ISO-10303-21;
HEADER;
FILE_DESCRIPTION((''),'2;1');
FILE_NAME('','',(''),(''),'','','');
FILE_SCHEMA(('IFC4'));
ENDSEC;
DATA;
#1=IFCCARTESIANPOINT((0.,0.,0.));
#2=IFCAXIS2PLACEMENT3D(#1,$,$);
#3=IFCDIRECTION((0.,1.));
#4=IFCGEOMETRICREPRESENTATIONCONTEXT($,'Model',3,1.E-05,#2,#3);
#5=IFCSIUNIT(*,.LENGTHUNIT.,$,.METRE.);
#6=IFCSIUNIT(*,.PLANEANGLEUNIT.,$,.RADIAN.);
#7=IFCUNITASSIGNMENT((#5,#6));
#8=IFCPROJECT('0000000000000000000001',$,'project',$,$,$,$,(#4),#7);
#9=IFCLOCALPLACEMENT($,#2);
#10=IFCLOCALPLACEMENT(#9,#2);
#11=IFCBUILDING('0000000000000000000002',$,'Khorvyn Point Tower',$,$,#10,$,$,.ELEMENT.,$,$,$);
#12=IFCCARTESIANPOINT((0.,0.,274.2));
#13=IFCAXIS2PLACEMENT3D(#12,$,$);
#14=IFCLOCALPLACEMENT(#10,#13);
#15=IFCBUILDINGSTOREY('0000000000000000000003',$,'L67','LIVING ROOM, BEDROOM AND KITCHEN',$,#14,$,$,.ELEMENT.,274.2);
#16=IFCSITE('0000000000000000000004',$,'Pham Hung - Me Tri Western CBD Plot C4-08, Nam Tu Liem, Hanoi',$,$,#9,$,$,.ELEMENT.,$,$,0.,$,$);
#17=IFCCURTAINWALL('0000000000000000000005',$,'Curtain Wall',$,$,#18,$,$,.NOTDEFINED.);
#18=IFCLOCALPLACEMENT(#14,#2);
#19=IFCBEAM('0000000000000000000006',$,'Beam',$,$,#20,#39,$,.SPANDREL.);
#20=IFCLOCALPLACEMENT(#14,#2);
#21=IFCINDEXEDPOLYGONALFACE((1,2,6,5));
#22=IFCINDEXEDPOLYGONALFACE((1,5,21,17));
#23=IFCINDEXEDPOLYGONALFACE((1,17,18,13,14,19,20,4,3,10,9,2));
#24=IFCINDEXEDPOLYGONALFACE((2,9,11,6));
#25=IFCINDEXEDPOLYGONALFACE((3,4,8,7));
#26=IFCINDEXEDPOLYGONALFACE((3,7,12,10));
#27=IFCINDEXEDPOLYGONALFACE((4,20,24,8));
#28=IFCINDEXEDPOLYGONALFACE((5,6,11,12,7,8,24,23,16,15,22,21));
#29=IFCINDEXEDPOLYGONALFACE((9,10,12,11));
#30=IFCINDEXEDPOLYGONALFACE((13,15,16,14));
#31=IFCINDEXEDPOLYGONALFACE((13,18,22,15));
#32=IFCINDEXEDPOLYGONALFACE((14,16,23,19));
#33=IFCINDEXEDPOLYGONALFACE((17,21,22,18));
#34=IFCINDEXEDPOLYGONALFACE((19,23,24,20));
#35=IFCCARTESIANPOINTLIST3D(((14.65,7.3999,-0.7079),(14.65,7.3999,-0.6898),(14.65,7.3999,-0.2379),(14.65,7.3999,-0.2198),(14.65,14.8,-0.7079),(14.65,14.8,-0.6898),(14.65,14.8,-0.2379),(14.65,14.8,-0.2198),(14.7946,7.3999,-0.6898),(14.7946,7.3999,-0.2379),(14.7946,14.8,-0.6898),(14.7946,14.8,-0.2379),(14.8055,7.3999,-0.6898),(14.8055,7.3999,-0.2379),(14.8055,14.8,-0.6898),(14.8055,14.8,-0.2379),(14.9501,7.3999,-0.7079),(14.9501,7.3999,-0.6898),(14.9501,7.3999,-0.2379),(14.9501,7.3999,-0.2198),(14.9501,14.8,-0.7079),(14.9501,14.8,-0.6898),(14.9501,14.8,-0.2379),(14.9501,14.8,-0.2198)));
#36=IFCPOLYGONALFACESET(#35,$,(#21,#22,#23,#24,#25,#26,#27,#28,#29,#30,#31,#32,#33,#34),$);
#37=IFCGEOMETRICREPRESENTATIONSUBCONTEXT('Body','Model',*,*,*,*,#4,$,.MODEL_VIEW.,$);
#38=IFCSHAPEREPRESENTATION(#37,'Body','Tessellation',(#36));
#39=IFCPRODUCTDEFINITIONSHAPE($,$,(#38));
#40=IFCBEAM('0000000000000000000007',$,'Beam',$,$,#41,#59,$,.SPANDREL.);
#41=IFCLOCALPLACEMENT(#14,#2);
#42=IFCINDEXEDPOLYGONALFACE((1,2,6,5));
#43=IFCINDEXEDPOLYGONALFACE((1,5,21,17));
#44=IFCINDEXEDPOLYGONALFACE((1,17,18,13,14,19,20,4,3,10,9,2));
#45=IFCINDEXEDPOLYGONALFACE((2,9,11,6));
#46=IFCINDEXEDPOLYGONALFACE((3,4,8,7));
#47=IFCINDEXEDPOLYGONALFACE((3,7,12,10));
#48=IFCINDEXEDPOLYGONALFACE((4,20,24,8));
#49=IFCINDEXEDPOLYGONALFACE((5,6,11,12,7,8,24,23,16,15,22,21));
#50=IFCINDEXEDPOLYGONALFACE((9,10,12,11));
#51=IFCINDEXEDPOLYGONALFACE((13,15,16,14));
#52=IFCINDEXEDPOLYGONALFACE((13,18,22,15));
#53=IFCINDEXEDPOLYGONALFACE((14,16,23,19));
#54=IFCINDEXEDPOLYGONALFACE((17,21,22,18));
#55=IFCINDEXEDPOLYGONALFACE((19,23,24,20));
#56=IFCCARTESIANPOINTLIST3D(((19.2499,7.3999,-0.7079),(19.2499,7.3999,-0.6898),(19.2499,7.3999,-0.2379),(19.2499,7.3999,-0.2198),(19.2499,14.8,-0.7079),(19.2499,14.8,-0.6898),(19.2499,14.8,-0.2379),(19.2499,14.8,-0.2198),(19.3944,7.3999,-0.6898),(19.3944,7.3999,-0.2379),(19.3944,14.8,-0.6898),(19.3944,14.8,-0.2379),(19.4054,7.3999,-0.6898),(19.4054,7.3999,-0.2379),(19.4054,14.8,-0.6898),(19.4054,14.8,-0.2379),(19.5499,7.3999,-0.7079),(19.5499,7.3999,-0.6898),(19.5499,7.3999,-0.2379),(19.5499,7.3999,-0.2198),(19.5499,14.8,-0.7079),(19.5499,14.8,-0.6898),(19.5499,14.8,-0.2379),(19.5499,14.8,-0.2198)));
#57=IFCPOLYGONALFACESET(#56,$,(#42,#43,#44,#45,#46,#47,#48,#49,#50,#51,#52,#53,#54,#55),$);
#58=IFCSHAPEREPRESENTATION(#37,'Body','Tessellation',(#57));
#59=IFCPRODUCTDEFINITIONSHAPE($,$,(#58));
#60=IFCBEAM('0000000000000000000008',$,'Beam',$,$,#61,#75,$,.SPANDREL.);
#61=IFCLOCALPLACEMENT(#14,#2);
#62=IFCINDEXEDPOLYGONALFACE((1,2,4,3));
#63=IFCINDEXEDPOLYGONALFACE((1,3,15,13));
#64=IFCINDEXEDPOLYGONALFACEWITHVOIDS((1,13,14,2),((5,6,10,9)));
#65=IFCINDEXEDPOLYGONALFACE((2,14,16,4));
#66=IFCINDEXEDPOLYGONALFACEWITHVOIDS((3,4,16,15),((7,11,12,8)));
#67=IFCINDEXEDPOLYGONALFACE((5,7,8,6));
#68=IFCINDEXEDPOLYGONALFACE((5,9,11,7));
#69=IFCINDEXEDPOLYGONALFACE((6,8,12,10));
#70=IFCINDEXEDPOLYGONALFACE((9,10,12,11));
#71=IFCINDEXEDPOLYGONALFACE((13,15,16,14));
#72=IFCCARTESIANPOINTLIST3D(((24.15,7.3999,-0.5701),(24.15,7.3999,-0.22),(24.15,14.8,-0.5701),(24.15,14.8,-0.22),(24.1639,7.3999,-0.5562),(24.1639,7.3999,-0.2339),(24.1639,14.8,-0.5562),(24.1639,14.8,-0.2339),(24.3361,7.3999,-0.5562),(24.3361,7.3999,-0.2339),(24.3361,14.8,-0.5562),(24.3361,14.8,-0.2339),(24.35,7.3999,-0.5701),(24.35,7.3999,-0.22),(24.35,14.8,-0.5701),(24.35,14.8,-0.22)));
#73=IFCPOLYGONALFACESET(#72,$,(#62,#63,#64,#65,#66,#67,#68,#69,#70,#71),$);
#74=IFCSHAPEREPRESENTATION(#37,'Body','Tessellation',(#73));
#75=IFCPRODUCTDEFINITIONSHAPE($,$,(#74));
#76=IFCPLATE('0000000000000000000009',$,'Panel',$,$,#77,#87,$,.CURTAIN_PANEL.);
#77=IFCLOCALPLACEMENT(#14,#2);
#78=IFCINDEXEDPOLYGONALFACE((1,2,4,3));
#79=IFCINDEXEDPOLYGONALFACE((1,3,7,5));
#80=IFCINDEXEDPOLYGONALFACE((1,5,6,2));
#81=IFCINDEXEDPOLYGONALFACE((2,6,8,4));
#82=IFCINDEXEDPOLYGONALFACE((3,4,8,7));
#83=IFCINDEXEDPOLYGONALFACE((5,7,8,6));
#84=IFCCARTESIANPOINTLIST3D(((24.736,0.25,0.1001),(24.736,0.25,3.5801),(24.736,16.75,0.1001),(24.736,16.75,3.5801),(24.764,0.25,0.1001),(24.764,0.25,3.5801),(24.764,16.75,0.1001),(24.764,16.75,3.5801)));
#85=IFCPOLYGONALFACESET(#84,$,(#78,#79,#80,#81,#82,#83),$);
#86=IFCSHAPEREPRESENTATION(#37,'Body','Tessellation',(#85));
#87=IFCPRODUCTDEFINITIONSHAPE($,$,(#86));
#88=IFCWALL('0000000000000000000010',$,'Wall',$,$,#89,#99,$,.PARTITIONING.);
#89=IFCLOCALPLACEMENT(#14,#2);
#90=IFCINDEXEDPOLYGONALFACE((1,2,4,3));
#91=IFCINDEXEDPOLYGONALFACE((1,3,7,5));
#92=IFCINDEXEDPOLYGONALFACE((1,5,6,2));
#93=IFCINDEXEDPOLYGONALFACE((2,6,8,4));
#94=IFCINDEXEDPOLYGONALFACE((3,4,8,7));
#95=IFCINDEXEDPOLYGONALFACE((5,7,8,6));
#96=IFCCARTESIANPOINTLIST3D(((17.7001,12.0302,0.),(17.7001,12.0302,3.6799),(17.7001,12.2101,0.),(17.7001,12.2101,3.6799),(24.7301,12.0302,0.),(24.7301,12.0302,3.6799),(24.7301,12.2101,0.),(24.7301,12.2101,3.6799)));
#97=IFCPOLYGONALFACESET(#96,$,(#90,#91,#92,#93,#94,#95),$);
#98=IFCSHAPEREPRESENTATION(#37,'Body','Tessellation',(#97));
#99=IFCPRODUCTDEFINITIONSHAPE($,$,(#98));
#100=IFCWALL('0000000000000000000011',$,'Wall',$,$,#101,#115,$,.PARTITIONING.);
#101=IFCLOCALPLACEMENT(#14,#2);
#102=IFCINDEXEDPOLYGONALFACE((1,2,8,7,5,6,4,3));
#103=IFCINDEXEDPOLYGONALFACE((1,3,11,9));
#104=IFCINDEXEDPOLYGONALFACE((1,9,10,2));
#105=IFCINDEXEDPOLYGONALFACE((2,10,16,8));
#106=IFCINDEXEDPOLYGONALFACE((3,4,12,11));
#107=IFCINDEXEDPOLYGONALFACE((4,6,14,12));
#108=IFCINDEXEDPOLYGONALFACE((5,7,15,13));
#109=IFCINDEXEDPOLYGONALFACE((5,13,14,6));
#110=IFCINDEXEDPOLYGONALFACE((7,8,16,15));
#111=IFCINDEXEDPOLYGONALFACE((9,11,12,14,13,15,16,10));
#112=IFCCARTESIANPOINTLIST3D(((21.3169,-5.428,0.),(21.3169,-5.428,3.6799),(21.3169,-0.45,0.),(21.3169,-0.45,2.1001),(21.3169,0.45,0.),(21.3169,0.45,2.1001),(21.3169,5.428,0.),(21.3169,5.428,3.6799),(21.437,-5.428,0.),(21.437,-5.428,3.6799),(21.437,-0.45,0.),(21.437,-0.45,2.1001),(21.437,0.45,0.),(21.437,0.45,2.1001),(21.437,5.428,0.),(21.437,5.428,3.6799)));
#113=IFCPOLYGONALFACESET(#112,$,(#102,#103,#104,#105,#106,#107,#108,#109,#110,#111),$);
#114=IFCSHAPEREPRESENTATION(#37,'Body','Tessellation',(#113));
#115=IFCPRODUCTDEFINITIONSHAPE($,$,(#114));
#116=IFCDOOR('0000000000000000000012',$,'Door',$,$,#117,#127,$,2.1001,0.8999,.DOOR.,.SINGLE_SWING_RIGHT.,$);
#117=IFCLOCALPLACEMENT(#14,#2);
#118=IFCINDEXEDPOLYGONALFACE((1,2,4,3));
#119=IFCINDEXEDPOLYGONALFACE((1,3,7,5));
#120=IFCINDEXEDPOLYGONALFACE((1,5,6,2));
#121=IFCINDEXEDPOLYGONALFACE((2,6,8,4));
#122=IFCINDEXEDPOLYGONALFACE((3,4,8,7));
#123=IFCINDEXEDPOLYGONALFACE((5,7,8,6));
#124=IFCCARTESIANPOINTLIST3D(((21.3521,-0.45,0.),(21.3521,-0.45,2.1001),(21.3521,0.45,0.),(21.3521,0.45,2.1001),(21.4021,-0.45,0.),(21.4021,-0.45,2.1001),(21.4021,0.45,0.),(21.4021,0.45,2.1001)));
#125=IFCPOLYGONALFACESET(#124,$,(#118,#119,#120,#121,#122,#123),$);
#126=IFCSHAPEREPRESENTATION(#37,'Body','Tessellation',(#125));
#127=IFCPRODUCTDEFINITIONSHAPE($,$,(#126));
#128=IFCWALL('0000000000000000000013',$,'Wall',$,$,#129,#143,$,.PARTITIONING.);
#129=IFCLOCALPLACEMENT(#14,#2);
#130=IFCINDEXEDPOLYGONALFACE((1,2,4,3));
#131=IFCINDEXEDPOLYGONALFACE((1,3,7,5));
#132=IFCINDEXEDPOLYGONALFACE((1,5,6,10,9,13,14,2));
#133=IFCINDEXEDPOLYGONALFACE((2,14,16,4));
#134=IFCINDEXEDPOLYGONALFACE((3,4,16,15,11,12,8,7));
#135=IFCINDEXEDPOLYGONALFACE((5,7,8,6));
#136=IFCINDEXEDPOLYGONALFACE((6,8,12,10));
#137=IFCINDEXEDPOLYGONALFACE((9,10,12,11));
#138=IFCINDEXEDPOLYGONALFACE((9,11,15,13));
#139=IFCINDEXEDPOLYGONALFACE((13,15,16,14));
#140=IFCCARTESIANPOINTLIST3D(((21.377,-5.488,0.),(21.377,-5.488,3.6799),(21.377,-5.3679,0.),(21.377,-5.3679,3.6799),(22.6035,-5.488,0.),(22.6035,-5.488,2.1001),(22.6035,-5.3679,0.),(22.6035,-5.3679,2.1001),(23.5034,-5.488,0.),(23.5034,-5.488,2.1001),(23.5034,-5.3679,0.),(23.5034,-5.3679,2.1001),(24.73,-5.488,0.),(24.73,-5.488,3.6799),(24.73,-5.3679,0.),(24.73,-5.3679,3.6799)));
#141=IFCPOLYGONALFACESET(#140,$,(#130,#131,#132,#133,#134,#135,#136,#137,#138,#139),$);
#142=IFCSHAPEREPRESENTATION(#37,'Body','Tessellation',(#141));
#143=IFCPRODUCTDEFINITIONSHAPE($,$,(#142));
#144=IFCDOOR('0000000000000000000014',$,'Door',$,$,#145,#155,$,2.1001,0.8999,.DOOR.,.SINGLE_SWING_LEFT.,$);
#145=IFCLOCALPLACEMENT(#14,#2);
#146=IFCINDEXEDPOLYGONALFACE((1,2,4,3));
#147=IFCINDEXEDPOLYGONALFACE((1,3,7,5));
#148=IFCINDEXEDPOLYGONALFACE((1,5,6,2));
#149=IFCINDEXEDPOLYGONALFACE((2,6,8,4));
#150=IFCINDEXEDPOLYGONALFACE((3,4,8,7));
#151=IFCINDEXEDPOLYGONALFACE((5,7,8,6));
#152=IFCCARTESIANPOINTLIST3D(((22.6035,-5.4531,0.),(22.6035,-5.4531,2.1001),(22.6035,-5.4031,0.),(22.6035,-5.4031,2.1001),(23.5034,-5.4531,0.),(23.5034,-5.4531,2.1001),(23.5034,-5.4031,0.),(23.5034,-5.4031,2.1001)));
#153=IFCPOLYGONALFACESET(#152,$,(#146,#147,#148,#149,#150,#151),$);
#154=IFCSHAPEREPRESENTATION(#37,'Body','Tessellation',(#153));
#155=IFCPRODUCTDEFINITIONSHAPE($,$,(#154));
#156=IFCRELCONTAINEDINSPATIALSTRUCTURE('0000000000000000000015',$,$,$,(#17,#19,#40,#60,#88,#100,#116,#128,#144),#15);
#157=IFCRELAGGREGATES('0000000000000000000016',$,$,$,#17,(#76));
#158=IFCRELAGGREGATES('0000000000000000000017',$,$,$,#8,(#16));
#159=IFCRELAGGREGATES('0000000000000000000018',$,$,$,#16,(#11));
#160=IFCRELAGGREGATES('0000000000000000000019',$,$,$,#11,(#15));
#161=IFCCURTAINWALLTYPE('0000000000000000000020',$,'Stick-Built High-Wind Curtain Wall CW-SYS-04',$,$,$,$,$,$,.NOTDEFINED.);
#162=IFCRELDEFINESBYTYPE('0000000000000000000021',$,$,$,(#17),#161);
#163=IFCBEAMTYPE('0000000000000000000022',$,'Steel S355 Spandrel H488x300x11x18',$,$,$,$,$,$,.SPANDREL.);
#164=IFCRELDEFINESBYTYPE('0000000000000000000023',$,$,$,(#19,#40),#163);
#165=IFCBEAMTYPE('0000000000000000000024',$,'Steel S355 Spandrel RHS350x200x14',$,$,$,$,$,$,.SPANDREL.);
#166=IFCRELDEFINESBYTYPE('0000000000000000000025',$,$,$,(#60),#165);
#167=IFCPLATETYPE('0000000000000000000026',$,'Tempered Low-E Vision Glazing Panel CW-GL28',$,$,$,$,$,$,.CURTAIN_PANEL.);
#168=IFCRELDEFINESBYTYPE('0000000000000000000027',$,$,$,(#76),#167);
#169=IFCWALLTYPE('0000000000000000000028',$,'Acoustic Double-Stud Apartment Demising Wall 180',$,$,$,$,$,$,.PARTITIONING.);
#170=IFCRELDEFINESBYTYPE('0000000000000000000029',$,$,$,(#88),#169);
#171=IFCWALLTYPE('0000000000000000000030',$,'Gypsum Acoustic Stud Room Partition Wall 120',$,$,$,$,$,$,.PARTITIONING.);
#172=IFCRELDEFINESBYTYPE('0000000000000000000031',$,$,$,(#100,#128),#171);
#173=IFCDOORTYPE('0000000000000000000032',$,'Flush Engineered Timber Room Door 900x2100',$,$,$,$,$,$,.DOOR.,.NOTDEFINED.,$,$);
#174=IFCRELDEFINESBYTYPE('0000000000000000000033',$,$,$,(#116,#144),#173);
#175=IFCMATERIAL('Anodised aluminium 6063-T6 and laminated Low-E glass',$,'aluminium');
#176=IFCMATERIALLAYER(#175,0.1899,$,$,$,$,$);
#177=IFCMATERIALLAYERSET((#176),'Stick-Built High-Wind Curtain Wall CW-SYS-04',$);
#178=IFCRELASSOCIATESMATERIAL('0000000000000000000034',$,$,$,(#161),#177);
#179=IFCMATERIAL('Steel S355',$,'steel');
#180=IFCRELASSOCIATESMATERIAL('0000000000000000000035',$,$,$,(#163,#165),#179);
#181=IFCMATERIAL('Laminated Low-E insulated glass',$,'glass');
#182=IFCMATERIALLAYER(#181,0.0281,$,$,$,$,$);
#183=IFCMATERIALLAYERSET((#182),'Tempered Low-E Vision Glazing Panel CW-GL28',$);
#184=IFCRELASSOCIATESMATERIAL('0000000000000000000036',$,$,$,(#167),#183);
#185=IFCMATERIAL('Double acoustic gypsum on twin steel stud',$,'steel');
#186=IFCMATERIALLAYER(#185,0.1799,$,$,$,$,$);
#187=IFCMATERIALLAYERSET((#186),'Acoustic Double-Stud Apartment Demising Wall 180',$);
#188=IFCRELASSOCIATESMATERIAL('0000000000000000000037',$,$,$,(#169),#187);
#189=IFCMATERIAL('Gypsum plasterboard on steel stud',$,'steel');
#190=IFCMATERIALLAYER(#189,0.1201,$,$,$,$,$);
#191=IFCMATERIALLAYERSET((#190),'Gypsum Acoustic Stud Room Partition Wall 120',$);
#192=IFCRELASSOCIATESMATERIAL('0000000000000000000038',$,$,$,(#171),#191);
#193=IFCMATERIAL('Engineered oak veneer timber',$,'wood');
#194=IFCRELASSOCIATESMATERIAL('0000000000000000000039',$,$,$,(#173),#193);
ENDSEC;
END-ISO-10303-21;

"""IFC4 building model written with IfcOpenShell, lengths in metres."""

from ifc_helpers import new_model, si_unit, direction, frame, frame_2d, origin, origin_2d, place, context, subcontext, project, spatial, rectangle, hollow_rectangle, i_section, extrude, material, layer, layer_set, material_profile, profile_set, type_object, element, fill, aggregate, save


model = new_model("IFC4")

# Units and contexts
model_context = context("Model", 3, precision=1e-05, world=origin(), true_north=direction((0.0, 1.0)))
body_context = subcontext(model_context, "Body", "Model", "MODEL_VIEW")
ifc_project = project(units=[si_unit("LENGTHUNIT", "METRE"), si_unit("PLANEANGLEUNIT", "RADIAN")], contexts=[model_context])

# Site, building, storey
site_placement = place(None, origin())
site = spatial("IfcSite", under=ifc_project, at=site_placement, Name="Pham Hung - Me Tri Western CBD Plot C4-08, Nam Tu Liem, Hanoi", CompositionType="ELEMENT", RefElevation=0.0)
building_placement = place(site_placement, origin())
building = spatial("IfcBuilding", under=site, at=building_placement, Name="Khorvyn Point Tower", CompositionType="ELEMENT")
storey_placement = place(building_placement, frame((0.0, 0.0, 274.2)))
storey = spatial("IfcBuildingStorey", under=building, at=storey_placement, Name="L67", Description="LIVING ROOM, BEDROOM AND KITCHEN", CompositionType="ELEMENT", Elevation=274.2)

# Shared definitions
ifc_material_1 = material(Name="Steel S355", Category="steel")

# Curtain wall
ifc_material_2 = material(Name="Anodised aluminium 6063-T6 and laminated Low-E glass", Category="aluminium")
ifc_layer_1 = layer(ifc_material_2, 0.1899)
ifc_layer_set_1 = layer_set([ifc_layer_1], Name="Stick-Built High-Wind Curtain Wall CW-SYS-04")
curtain_wall_type = type_object("IfcCurtainWallType", Name="Stick-Built High-Wind Curtain Wall CW-SYS-04", PredefinedType="NOTDEFINED", material=ifc_layer_set_1)
curtain_wall_placement = place(storey_placement, origin())
curtain_wall = element("IfcCurtainWall", 1, at=curtain_wall_placement, inside=storey, type_object=curtain_wall_type, Name="Curtain Wall", PredefinedType="NOTDEFINED")

# Beams
ifc_material_profile_1 = material_profile(ifc_material_1, i_section(OverallWidth=0.3, OverallDepth=0.488, WebThickness=0.011, FlangeThickness=0.0181, at=origin_2d()))
ifc_profile_set_1 = profile_set([ifc_material_profile_1], Name="Steel S355 H488x300x11x18")
beam_type_1 = type_object("IfcBeamType", Name="Steel S355 Spandrel H488x300x11x18", PredefinedType="SPANDREL", material=ifc_profile_set_1)
for number, where, z_axis, x_axis, name in (
    (2, (14.8, 7.3999, -0.4639), (0.0, 1.0, 0.0), (-1.0, 0.0, 0.0), "Beam"),
    (3, (19.3999, 7.3999, -0.4639), (0.0, 1.0, 0.0), (-1.0, 0.0, 0.0), "Beam"),
):
    element("IfcBeam", number, at=place(storey_placement, frame(where, z_axis=z_axis, x_axis=x_axis)), inside=storey, type_object=beam_type_1, Name=name, PredefinedType="SPANDREL", context=body_context, shape_type="SweptSolid", body=[
        extrude(i_section(OverallWidth=0.3, OverallDepth=0.488, WebThickness=0.011, FlangeThickness=0.0181, at=origin_2d()), origin(), (0.0, 0.0, 1.0), 7.4001),
    ])
ifc_material_profile_2 = material_profile(ifc_material_1, hollow_rectangle(XDim=0.2, YDim=0.3501, WallThickness=0.0139, at=origin_2d()))
ifc_profile_set_2 = profile_set([ifc_material_profile_2], Name="Steel S355 RHS350x200x14")
beam_type_2 = type_object("IfcBeamType", Name="Steel S355 Spandrel RHS350x200x14", PredefinedType="SPANDREL", material=ifc_profile_set_2)
beam_1_placement = place(storey_placement, frame((24.25, 7.3999, -0.395), z_axis=(0.0, 1.0, 0.0), x_axis=(-1.0, 0.0, 0.0)))
element("IfcBeam", 4, at=beam_1_placement, inside=storey, type_object=beam_type_2, Name="Beam", PredefinedType="SPANDREL", context=body_context, shape_type="SweptSolid", body=[
    extrude(hollow_rectangle(XDim=0.2, YDim=0.3501, WallThickness=0.0139, at=origin_2d()), origin(), (0.0, 0.0, 1.0), 7.4001),
])

# Plate
ifc_material_3 = material(Name="Laminated Low-E insulated glass", Category="glass")
ifc_layer_2 = layer(ifc_material_3, 0.0281)
ifc_layer_set_2 = layer_set([ifc_layer_2], Name="Tempered Low-E Vision Glazing Panel CW-GL28")
plate_type = type_object("IfcPlateType", Name="Tempered Low-E Vision Glazing Panel CW-GL28", PredefinedType="CURTAIN_PANEL", material=ifc_layer_set_2)
plate_placement = place(storey_placement, frame((24.75, 8.5, 0.1001), z_axis=(0.0, 0.0, 1.0), x_axis=(0.0, -1.0, 0.0)))
plate = element("IfcPlate", 5, at=plate_placement, type_object=plate_type, Name="Panel", PredefinedType="CURTAIN_PANEL", context=body_context, shape_type="SweptSolid", body=[
    extrude(rectangle(XDim=16.5, YDim=0.0281, at=origin_2d()), origin(), (0.0, 0.0, 1.0), 3.48),
])
aggregate(curtain_wall, [plate])

# Wall
ifc_material_4 = material(Name="Double acoustic gypsum on twin steel stud", Category="steel")
ifc_layer_3 = layer(ifc_material_4, 0.1799)
ifc_layer_set_3 = layer_set([ifc_layer_3], Name="Acoustic Double-Stud Apartment Demising Wall 180")
wall_type_1 = type_object("IfcWallType", Name="Acoustic Double-Stud Apartment Demising Wall 180", PredefinedType="PARTITIONING", material=ifc_layer_set_3)
wall_1_placement = place(storey_placement, frame((17.7, 12.1201, 0.0), z_axis=(0.0, 0.0, 1.0), x_axis=(1.0, 0.0, 0.0)))
element("IfcWall", 6, at=wall_1_placement, inside=storey, type_object=wall_type_1, Name="Wall", PredefinedType="PARTITIONING", context=body_context, shape_type="SweptSolid", body=[
    extrude(rectangle(XDim=7.03, YDim=0.1799, at=frame_2d((3.5151, 0.0))), origin(), (0.0, 0.0, 1.0), 3.6799),
])

# Walls, openings, doors
ifc_material_5 = material(Name="Gypsum plasterboard on steel stud", Category="steel")
ifc_layer_4 = layer(ifc_material_5, 0.1201)
ifc_layer_set_4 = layer_set([ifc_layer_4], Name="Gypsum Acoustic Stud Room Partition Wall 120")
wall_type_2 = type_object("IfcWallType", Name="Gypsum Acoustic Stud Room Partition Wall 120", PredefinedType="PARTITIONING", material=ifc_layer_set_4)
wall_2_placement = place(storey_placement, frame((21.377, -5.428, 0.0), z_axis=(0.0, 0.0, 1.0), x_axis=(0.0, 1.0, 0.0)))
wall_2 = element("IfcWall", 7, at=wall_2_placement, inside=storey, type_object=wall_type_2, Name="Wall", PredefinedType="PARTITIONING", context=body_context, shape_type="SweptSolid", body=[
    extrude(rectangle(XDim=10.856, YDim=0.1201, at=frame_2d((5.428, 0.0))), origin(), (0.0, 0.0, 1.0), 3.6799),
])
opening_1_placement = place(wall_2_placement, frame((4.978, 0.0, 0.0)))
opening_1 = element("IfcOpeningElement", 8, at=opening_1_placement, cuts=wall_2, PredefinedType="OPENING", context=body_context, shape_type="SweptSolid", body=[
    extrude(rectangle(XDim=0.8999, YDim=2.1001, at=frame_2d((0.45, 1.05))), frame((0.0, 0.0701, 0.0), z_axis=(0.0, -1.0, 0.0), x_axis=(1.0, 0.0, 0.0)), (0.0, 0.0, 1.0), 0.1401),
])
ifc_material_6 = material(Name="Engineered oak veneer timber", Category="wood")
door_type_1 = type_object("IfcDoorType", Name="Flush Engineered Timber Room Door 900x2100", OperationType="NOTDEFINED", PredefinedType="DOOR", material=ifc_material_6)
door_1_placement = place(opening_1_placement, origin())
door_1 = element("IfcDoor", 9, at=door_1_placement, inside=storey, type_object=door_type_1, Name="Door", OperationType="SINGLE_SWING_RIGHT", OverallHeight=2.1001, OverallWidth=0.8999, PredefinedType="DOOR", context=body_context, shape_type="SweptSolid", body=[
    extrude(rectangle(XDim=0.8999, YDim=2.1001, at=frame_2d((0.45, 1.05))), frame((0.0, 0.0249, 0.0), z_axis=(0.0, -1.0, 0.0), x_axis=(1.0, 0.0, 0.0)), (0.0, 0.0, 1.0), 0.05),
])
fill(opening_1, door_1)
wall_3_placement = place(storey_placement, frame((21.377, -5.428, 0.0), z_axis=(0.0, 0.0, 1.0), x_axis=(1.0, 0.0, 0.0)))
wall_3 = element("IfcWall", 10, at=wall_3_placement, inside=storey, type_object=wall_type_2, Name="Wall", PredefinedType="PARTITIONING", context=body_context, shape_type="SweptSolid", body=[
    extrude(rectangle(XDim=3.353, YDim=0.1201, at=frame_2d((1.6765, 0.0))), origin(), (0.0, 0.0, 1.0), 3.6799),
])
opening_2_placement = place(wall_3_placement, frame((1.2266, 0.0, 0.0)))
opening_2 = element("IfcOpeningElement", 11, at=opening_2_placement, cuts=wall_3, PredefinedType="OPENING", context=body_context, shape_type="SweptSolid", body=[
    extrude(rectangle(XDim=0.8999, YDim=2.1001, at=frame_2d((0.45, 1.05))), frame((0.0, 0.0701, 0.0), z_axis=(0.0, -1.0, 0.0), x_axis=(1.0, 0.0, 0.0)), (0.0, 0.0, 1.0), 0.1401),
])
door_2_placement = place(opening_2_placement, origin())
door_2 = element("IfcDoor", 12, at=door_2_placement, inside=storey, type_object=door_type_1, Name="Door", OperationType="SINGLE_SWING_LEFT", OverallHeight=2.1001, OverallWidth=0.8999, PredefinedType="DOOR", context=body_context, shape_type="SweptSolid", body=[
    extrude(rectangle(XDim=0.8999, YDim=2.1001, at=frame_2d((0.45, 1.05))), frame((0.0, 0.0249, 0.0), z_axis=(0.0, -1.0, 0.0), x_axis=(1.0, 0.0, 0.0)), (0.0, 0.0, 1.0), 0.05),
])
fill(opening_2, door_2)

save(model, "model.ifc")
